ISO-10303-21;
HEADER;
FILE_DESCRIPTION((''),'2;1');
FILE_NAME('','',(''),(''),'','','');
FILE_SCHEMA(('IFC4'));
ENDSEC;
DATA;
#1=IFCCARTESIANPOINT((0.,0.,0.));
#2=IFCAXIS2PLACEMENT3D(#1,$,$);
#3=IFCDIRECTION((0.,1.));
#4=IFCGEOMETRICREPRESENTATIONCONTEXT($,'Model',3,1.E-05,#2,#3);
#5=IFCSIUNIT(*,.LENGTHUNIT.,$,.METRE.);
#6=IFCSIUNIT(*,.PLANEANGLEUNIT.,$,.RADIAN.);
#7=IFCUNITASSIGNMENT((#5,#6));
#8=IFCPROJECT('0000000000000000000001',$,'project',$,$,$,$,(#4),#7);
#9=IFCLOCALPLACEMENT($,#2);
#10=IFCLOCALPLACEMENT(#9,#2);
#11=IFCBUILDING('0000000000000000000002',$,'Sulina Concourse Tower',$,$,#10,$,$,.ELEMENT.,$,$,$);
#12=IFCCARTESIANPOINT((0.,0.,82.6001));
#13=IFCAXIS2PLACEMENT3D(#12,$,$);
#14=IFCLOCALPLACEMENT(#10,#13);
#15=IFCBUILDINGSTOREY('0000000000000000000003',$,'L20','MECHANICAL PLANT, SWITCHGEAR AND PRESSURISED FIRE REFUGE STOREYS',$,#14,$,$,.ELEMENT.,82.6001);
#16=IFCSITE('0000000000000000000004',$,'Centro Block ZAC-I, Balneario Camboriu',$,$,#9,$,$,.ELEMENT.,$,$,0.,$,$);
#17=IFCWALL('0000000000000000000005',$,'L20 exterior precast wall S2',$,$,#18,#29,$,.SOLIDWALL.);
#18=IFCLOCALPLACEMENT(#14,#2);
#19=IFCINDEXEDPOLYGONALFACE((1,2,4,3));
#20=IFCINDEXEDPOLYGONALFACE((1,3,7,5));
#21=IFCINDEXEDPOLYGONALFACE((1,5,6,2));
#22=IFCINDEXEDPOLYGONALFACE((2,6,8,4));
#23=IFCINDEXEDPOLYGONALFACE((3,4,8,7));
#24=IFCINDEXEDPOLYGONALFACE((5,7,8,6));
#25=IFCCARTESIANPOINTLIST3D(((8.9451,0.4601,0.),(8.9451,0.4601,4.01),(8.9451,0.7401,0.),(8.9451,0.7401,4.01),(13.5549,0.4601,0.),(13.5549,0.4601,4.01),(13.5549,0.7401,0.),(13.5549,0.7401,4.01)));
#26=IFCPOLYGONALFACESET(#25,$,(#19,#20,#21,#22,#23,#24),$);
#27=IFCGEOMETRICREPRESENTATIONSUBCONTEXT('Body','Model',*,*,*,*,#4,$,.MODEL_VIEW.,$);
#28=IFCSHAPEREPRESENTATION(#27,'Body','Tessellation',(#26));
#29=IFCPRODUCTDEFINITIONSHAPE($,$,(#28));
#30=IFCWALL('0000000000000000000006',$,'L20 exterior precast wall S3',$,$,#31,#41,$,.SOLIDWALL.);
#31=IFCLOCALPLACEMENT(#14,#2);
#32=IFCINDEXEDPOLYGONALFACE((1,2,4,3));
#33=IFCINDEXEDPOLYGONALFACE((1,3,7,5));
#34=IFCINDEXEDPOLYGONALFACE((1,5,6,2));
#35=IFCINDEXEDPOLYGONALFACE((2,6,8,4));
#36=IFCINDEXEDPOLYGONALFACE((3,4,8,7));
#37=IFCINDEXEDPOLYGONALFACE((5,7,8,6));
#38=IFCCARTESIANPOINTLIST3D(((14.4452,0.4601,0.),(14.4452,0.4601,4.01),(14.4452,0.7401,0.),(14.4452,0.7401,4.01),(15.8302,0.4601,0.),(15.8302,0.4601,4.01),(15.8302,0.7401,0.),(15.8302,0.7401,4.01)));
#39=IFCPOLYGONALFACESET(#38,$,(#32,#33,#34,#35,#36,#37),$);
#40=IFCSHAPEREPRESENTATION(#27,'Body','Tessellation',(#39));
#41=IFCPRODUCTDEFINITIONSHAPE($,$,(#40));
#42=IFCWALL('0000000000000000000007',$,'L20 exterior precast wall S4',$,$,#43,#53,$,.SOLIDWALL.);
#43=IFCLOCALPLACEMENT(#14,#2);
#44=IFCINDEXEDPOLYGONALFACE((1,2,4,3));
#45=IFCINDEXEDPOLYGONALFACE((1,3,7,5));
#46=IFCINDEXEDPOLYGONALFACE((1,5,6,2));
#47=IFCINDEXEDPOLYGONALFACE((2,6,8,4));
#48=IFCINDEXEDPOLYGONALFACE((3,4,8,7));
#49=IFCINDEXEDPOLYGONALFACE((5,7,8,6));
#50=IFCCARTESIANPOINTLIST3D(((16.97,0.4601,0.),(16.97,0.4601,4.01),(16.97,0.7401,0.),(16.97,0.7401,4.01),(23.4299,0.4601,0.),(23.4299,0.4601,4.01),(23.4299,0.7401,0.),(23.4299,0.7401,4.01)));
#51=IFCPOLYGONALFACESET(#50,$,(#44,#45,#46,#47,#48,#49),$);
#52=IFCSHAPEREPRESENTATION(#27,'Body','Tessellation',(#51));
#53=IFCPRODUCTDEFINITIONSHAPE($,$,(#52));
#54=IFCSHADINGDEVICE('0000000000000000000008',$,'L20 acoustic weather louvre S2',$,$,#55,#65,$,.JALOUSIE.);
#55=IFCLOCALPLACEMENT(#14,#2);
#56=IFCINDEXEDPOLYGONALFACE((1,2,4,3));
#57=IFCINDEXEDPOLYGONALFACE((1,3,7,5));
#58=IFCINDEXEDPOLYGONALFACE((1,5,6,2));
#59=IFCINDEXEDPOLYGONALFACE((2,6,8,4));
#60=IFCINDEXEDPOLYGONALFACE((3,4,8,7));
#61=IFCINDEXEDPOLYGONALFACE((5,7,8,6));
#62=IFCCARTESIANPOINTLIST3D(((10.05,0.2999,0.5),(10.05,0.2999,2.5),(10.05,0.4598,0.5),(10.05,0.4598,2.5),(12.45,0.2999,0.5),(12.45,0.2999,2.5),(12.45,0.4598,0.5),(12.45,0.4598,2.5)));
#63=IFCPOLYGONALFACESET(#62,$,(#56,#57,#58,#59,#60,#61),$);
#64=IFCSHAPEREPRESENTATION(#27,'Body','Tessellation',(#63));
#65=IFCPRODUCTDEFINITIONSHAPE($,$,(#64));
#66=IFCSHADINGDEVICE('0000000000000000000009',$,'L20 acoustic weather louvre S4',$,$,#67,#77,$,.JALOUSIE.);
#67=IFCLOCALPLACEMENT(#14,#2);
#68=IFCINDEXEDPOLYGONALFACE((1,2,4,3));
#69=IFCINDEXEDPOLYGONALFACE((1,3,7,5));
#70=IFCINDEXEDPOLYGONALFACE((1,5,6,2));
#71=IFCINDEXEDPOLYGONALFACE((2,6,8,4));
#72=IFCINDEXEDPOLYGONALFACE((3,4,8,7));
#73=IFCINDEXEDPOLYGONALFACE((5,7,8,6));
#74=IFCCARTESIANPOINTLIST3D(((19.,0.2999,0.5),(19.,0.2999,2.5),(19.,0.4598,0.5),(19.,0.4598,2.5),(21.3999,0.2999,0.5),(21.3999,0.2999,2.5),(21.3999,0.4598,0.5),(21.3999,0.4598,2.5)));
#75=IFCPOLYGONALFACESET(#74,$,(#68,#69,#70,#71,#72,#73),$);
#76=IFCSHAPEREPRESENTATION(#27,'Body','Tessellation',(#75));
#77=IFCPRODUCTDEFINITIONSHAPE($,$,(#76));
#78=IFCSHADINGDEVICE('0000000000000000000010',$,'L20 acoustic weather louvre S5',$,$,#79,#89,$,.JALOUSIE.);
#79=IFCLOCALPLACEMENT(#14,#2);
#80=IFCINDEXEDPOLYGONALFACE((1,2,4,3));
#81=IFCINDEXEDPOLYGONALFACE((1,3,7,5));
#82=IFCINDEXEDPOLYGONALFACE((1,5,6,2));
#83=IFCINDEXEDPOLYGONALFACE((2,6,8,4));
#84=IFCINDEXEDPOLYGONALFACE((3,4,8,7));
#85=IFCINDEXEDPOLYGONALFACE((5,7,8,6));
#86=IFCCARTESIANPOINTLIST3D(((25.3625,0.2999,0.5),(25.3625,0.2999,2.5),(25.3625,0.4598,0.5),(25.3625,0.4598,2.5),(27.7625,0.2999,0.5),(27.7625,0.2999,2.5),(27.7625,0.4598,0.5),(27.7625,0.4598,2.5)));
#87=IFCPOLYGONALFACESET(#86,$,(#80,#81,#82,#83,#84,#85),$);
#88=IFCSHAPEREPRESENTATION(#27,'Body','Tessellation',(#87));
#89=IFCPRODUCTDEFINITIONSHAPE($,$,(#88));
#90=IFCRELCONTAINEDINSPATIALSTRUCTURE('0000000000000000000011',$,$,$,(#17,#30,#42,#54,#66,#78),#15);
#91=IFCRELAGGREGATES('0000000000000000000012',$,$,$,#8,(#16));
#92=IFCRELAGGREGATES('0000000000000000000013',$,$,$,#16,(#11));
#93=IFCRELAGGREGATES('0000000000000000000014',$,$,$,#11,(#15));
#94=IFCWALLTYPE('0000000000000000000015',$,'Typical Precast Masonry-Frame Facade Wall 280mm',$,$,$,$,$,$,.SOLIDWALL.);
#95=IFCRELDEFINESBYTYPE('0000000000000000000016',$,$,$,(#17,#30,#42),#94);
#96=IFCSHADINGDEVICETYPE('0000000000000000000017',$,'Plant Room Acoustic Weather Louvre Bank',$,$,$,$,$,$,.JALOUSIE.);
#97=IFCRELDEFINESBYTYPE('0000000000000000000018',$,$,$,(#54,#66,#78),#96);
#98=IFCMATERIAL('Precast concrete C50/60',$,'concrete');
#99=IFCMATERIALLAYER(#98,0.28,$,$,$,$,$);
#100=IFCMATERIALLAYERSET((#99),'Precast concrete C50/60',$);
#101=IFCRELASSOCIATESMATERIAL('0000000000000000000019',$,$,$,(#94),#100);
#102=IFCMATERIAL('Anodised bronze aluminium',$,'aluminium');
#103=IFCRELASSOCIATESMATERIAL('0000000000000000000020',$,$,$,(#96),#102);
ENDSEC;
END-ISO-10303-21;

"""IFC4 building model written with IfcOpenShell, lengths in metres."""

from ifc_helpers import new_model, si_unit, direction, frame, frame_2d, origin, origin_2d, place, context, subcontext, project, spatial, rectangle, extrude, material, layer, layer_set, type_object, element, save


model = new_model("IFC4")

# Units and contexts
model_context = context("Model", 3, precision=1e-05, world=origin(), true_north=direction((0.0, 1.0)))
body_context = subcontext(model_context, "Body", "Model", "MODEL_VIEW")
ifc_project = project(units=[si_unit("LENGTHUNIT", "METRE"), si_unit("PLANEANGLEUNIT", "RADIAN")], contexts=[model_context])

# Site, building, storey
site_placement = place(None, origin())
site = spatial("IfcSite", under=ifc_project, at=site_placement, Name="Centro Block ZAC-I, Balneario Camboriu", CompositionType="ELEMENT", RefElevation=0.0)
building_placement = place(site_placement, origin())
building = spatial("IfcBuilding", under=site, at=building_placement, Name="Sulina Concourse Tower", CompositionType="ELEMENT")
storey_placement = place(building_placement, frame((0.0, 0.0, 82.6001)))
storey = spatial("IfcBuildingStorey", under=building, at=storey_placement, Name="L20", Description="MECHANICAL PLANT, SWITCHGEAR AND PRESSURISED FIRE REFUGE STOREYS", CompositionType="ELEMENT", Elevation=82.6001)

# Walls
ifc_material_1 = material(Name="Precast concrete C50/60", Category="concrete")
ifc_layer_1 = layer(ifc_material_1, 0.28)
ifc_layer_set_1 = layer_set([ifc_layer_1], Name="Precast concrete C50/60")
wall_type = type_object("IfcWallType", Name="Typical Precast Masonry-Frame Facade Wall 280mm", PredefinedType="SOLIDWALL", material=ifc_layer_set_1)
wall_1_placement = place(storey_placement, frame((13.5549, 0.6001, 0.0), z_axis=(0.0, 0.0, 1.0), x_axis=(-1.0, 0.0, 0.0)))
element("IfcWall", 1, at=wall_1_placement, inside=storey, type_object=wall_type, Name="L20 exterior precast wall S2", PredefinedType="SOLIDWALL", context=body_context, shape_type="SweptSolid", body=[
    extrude(rectangle(XDim=4.6099, YDim=0.28, at=frame_2d((2.3049, 0.0))), origin(), (0.0, 0.0, 1.0), 4.01),
])
wall_2_placement = place(storey_placement, frame((15.8301, 0.6001, 0.0), z_axis=(0.0, 0.0, 1.0), x_axis=(-1.0, 0.0, 0.0)))
element("IfcWall", 2, at=wall_2_placement, inside=storey, type_object=wall_type, Name="L20 exterior precast wall S3", PredefinedType="SOLIDWALL", context=body_context, shape_type="SweptSolid", body=[
    extrude(rectangle(XDim=1.385, YDim=0.28, at=frame_2d((0.6924, 0.0))), origin(), (0.0, 0.0, 1.0), 4.01),
])
wall_3_placement = place(storey_placement, frame((23.4299, 0.6001, 0.0), z_axis=(0.0, 0.0, 1.0), x_axis=(-1.0, 0.0, 0.0)))
element("IfcWall", 3, at=wall_3_placement, inside=storey, type_object=wall_type, Name="L20 exterior precast wall S4", PredefinedType="SOLIDWALL", context=body_context, shape_type="SweptSolid", body=[
    extrude(rectangle(XDim=6.46, YDim=0.28, at=frame_2d((3.23, 0.0))), origin(), (0.0, 0.0, 1.0), 4.01),
])

# Shading devices
ifc_material_2 = material(Name="Anodised bronze aluminium", Category="aluminium")
shading_device_type = type_object("IfcShadingDeviceType", Name="Plant Room Acoustic Weather Louvre Bank", PredefinedType="JALOUSIE", material=ifc_material_2)
for number, where, z_axis, x_axis, name in (
    (4, (11.25, 0.3799, 0.5), (0.0, 0.0, 1.0), (1.0, 0.0, 0.0), "L20 acoustic weather louvre S2"),
    (5, (20.2, 0.3799, 0.5), (0.0, 0.0, 1.0), (1.0, 0.0, 0.0), "L20 acoustic weather louvre S4"),
    (6, (26.5625, 0.3799, 0.5), (0.0, 0.0, 1.0), (1.0, 0.0, 0.0), "L20 acoustic weather louvre S5"),
):
    element("IfcShadingDevice", number, at=place(storey_placement, frame(where, z_axis=z_axis, x_axis=x_axis)), inside=storey, type_object=shading_device_type, Name=name, PredefinedType="JALOUSIE", context=body_context, shape_type="SweptSolid", body=[
        extrude(rectangle(XDim=2.3999, YDim=0.1599, at=origin_2d()), origin(), (0.0, 0.0, 1.0), 2.0),
    ])

save(model, "model.ifc")
